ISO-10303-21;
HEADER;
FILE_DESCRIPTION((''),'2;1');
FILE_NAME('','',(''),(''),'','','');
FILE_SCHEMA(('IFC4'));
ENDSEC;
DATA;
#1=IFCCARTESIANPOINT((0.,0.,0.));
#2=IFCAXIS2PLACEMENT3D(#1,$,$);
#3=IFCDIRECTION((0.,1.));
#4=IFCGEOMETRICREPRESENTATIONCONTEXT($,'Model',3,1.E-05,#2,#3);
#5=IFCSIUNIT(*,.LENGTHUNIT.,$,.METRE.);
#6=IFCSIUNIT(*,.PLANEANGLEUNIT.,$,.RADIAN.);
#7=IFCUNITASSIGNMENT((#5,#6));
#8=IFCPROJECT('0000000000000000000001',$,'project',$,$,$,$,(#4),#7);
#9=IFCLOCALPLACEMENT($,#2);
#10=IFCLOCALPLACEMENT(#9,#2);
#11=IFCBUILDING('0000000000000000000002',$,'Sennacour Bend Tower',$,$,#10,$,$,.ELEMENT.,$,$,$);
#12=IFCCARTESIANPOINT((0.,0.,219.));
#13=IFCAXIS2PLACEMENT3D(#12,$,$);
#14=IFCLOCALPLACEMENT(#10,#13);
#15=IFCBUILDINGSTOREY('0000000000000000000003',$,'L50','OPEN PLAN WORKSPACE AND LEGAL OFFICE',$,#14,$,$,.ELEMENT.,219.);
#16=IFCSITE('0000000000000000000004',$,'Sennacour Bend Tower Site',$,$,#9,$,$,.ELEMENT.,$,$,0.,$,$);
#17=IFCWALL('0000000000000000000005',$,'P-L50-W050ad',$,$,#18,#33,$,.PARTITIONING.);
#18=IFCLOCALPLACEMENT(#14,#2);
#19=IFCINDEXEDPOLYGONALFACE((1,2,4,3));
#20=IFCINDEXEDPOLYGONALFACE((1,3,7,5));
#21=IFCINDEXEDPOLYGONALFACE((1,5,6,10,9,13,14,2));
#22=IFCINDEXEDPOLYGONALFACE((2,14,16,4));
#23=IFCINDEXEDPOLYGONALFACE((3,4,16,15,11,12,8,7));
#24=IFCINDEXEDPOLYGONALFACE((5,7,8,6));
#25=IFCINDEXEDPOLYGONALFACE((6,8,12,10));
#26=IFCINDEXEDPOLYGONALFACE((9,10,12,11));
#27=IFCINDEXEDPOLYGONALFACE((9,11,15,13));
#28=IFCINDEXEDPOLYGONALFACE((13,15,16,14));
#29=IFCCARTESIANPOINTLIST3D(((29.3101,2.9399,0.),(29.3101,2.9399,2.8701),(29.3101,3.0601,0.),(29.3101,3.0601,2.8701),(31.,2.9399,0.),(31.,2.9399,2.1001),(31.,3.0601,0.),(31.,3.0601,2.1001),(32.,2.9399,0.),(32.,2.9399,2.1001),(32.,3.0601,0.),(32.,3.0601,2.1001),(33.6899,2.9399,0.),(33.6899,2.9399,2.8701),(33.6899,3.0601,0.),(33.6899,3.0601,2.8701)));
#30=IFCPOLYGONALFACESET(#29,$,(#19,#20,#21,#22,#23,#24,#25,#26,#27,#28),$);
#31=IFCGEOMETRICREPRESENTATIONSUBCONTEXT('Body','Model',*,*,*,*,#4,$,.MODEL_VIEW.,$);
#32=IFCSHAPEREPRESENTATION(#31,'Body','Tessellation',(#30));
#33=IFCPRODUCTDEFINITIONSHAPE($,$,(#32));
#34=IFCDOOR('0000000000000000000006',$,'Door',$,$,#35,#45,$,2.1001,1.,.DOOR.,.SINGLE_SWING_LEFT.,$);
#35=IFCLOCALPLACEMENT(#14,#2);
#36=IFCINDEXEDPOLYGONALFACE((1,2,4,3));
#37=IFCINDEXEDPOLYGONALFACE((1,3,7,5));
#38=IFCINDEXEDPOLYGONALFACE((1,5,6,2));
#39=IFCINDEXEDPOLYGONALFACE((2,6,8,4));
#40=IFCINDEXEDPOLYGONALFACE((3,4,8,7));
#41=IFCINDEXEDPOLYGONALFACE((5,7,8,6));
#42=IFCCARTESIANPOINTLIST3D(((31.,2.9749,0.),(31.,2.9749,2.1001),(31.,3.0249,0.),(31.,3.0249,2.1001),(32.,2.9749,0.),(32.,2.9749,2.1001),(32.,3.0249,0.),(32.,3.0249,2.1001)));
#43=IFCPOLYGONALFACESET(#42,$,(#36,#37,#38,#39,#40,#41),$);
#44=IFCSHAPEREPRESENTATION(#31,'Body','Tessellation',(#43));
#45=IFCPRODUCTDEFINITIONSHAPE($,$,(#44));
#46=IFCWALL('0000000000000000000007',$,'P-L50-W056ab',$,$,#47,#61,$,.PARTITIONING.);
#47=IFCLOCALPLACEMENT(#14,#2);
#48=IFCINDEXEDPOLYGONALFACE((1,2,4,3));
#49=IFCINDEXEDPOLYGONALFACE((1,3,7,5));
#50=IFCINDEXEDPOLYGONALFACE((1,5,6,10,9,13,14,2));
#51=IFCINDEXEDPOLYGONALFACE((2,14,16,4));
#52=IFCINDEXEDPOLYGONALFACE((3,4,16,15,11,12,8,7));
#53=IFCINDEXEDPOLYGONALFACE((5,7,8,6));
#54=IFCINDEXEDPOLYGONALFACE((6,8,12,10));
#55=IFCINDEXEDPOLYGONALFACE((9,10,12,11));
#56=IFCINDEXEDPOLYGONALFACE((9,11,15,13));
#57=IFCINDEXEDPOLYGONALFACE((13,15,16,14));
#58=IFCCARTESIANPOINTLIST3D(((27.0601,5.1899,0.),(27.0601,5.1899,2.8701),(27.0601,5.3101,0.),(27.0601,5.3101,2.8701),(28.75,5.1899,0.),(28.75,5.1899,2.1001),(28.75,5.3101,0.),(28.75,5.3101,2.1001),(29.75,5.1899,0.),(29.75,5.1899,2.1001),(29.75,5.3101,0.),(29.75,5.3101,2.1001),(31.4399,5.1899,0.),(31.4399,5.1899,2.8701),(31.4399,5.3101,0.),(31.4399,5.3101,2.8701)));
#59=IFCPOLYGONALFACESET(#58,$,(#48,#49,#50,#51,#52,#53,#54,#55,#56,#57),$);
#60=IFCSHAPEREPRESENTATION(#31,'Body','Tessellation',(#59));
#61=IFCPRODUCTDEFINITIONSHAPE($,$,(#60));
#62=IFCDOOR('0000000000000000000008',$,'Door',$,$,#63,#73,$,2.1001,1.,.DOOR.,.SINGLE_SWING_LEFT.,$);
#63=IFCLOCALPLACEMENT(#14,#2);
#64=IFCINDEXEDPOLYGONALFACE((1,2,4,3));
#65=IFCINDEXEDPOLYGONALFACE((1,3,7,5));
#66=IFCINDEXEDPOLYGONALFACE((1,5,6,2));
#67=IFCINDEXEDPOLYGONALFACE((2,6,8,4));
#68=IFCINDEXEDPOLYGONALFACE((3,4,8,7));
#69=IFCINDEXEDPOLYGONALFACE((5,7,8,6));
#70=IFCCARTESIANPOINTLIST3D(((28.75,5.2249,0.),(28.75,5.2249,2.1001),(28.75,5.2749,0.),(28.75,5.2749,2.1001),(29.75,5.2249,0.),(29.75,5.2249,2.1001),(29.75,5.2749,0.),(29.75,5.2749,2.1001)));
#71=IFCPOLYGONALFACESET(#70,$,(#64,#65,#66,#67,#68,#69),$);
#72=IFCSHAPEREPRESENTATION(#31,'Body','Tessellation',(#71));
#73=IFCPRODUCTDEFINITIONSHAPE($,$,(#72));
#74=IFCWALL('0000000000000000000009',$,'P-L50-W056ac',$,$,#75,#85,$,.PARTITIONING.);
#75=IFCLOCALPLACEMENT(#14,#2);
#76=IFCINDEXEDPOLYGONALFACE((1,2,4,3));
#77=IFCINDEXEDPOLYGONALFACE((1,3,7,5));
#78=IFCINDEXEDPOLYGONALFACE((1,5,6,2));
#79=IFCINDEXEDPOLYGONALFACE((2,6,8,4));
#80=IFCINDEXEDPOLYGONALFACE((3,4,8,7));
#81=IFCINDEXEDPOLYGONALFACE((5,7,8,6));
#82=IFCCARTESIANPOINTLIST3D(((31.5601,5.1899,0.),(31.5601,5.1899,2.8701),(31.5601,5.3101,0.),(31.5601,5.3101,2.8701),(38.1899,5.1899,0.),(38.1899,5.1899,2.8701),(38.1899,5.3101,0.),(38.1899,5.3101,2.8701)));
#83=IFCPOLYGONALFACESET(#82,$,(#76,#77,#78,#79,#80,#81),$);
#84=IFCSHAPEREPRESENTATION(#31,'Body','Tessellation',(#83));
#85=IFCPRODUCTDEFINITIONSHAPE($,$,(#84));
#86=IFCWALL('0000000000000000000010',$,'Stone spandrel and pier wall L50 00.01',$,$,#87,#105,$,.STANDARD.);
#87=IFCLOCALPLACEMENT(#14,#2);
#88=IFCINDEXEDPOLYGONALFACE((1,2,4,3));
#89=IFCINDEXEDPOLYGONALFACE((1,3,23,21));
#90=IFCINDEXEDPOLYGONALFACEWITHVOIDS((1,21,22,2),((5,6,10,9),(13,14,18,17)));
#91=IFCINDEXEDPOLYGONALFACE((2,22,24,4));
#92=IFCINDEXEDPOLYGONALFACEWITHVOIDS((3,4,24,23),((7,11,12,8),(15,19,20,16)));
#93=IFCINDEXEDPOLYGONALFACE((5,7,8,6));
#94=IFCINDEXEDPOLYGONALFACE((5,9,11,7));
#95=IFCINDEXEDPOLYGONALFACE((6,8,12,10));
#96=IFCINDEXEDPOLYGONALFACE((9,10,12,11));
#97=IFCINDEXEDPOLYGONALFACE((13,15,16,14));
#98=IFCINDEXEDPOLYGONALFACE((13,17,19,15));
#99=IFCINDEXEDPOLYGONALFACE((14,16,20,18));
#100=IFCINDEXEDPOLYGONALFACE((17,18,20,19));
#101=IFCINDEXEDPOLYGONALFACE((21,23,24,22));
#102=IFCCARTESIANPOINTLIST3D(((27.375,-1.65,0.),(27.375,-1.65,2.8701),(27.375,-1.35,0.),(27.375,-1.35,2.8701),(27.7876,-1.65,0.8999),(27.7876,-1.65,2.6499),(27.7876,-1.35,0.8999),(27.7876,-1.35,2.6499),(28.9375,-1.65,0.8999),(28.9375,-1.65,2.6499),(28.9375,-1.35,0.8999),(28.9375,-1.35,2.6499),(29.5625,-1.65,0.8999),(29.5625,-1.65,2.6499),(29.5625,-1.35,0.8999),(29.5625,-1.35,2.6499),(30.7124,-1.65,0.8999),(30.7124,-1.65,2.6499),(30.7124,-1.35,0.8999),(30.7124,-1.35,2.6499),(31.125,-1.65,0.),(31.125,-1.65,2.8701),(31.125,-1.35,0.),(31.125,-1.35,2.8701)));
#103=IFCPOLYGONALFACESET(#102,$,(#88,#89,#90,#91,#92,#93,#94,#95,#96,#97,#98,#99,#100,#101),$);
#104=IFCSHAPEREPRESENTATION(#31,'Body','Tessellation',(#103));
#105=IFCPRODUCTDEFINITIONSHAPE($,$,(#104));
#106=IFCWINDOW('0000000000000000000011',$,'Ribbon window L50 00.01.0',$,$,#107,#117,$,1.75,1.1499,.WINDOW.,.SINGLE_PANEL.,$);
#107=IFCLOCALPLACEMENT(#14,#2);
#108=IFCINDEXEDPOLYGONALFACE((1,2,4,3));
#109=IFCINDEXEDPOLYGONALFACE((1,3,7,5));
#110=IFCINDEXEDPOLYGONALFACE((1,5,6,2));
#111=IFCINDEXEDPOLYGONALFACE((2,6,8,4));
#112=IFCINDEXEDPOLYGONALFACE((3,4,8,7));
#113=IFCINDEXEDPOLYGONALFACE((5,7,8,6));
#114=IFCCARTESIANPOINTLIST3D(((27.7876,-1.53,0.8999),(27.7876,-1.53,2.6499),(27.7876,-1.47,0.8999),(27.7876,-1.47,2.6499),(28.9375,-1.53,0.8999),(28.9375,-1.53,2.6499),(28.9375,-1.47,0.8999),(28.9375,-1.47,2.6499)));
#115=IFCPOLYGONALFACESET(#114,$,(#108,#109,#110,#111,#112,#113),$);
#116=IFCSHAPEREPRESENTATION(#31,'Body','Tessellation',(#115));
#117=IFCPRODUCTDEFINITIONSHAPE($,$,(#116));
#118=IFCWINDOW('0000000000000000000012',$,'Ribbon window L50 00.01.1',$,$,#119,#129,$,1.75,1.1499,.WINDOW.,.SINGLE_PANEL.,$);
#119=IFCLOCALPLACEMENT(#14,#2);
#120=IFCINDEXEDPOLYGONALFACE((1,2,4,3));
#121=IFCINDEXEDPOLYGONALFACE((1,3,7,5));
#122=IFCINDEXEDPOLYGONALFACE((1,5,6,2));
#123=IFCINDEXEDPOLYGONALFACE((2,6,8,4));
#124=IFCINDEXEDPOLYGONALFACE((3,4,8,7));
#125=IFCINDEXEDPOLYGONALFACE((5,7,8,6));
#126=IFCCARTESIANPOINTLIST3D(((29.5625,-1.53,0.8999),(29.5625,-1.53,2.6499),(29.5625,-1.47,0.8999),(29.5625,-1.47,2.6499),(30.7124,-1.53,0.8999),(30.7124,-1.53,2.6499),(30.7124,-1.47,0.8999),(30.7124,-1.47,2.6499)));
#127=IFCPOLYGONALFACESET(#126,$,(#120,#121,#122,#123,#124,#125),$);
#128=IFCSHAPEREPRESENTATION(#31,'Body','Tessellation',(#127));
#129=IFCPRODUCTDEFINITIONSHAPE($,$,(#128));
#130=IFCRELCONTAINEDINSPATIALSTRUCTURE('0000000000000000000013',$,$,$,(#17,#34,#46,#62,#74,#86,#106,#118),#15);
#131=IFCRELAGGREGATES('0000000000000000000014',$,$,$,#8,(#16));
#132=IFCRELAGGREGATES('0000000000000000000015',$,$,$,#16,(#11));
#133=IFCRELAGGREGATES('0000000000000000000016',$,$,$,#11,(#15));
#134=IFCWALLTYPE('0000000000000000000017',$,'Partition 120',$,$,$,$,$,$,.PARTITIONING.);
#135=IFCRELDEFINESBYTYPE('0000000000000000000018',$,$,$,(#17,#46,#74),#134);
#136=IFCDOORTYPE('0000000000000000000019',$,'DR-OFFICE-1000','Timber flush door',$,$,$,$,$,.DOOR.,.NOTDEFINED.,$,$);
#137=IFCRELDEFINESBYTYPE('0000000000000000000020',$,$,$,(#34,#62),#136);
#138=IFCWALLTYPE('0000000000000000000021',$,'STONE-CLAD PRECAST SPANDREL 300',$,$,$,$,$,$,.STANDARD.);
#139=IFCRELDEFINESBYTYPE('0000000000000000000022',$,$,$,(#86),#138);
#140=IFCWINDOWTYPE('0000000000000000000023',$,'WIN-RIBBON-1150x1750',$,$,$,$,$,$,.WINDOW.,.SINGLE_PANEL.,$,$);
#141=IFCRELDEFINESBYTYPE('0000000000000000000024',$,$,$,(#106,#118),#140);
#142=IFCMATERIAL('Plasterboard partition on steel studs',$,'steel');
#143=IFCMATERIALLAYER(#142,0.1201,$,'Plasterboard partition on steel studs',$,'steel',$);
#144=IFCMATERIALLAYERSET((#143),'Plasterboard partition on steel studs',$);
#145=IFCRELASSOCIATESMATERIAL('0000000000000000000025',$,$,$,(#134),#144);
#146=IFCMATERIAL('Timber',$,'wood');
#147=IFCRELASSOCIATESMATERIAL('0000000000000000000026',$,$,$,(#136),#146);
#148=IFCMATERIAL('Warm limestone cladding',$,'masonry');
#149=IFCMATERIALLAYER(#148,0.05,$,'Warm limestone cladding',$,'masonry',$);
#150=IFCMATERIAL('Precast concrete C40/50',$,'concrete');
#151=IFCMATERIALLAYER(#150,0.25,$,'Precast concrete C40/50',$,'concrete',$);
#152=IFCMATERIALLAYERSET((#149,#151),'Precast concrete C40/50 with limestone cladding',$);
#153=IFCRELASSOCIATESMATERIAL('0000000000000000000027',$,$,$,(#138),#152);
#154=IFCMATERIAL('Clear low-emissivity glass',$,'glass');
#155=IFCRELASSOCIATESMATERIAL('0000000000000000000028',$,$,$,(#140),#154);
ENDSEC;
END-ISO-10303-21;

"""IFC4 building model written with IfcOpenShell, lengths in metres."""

from ifc_helpers import new_model, si_unit, direction, frame, frame_2d, origin, place, context, subcontext, project, spatial, rectangle, extrude, material, layer, layer_set, type_object, element, fill, save


model = new_model("IFC4")

# Units and contexts
model_context = context("Model", 3, precision=1e-05, world=origin(), true_north=direction((0.0, 1.0)))
body_context = subcontext(model_context, "Body", "Model", "MODEL_VIEW")
ifc_project = project(units=[si_unit("LENGTHUNIT", "METRE"), si_unit("PLANEANGLEUNIT", "RADIAN")], contexts=[model_context])

# Site, building, storey
site_placement = place(None, origin())
site = spatial("IfcSite", under=ifc_project, at=site_placement, Name="Sennacour Bend Tower Site", CompositionType="ELEMENT", RefElevation=0.0)
building_placement = place(site_placement, origin())
building = spatial("IfcBuilding", under=site, at=building_placement, Name="Sennacour Bend Tower", CompositionType="ELEMENT")
storey_placement = place(building_placement, frame((0.0, 0.0, 219.0)))
storey = spatial("IfcBuildingStorey", under=building, at=storey_placement, Name="L50", Description="OPEN PLAN WORKSPACE AND LEGAL OFFICE", CompositionType="ELEMENT", Elevation=219.0)

# Shared definitions
ifc_material_1 = material(Name="Plasterboard partition on steel studs", Category="steel")
ifc_layer_1 = layer(ifc_material_1, 0.1201, Name="Plasterboard partition on steel studs", Category="steel")
ifc_layer_set_1 = layer_set([ifc_layer_1], Name="Plasterboard partition on steel studs")
wall_type_1 = type_object("IfcWallType", Name="Partition 120", PredefinedType="PARTITIONING", material=ifc_layer_set_1)

# Walls, openings, doors
wall_1_placement = place(storey_placement, frame((29.3101, 3.0, 0.0), z_axis=(0.0, 0.0, 1.0), x_axis=(1.0, 0.0, 0.0)))
wall_1 = element("IfcWall", 1, at=wall_1_placement, inside=storey, type_object=wall_type_1, Name="P-L50-W050ad", PredefinedType="PARTITIONING", context=body_context, shape_type="SweptSolid", body=[
    extrude(rectangle(XDim=4.3799, YDim=0.1201, at=frame_2d((2.1899, 0.0))), origin(), (0.0, 0.0, 1.0), 2.8701),
])
opening_1_placement = place(wall_1_placement, frame((1.6899, 0.0, 0.0)))
opening_1 = element("IfcOpeningElement", 2, at=opening_1_placement, cuts=wall_1, PredefinedType="OPENING", context=body_context, shape_type="SweptSolid", body=[
    extrude(rectangle(XDim=1.0, YDim=2.1001, at=frame_2d((0.5, 1.05))), frame((0.0, 0.0701, 0.0), z_axis=(0.0, -1.0, 0.0), x_axis=(1.0, 0.0, 0.0)), (0.0, 0.0, 1.0), 0.1401),
])
ifc_material_2 = material(Name="Timber", Category="wood")
door_type = type_object("IfcDoorType", Name="DR-OFFICE-1000", Description="Timber flush door", OperationType="NOTDEFINED", PredefinedType="DOOR", material=ifc_material_2)
door_1_placement = place(opening_1_placement, origin())
door_1 = element("IfcDoor", 3, at=door_1_placement, inside=storey, type_object=door_type, Name="Door", OperationType="SINGLE_SWING_LEFT", OverallHeight=2.1001, OverallWidth=1.0, PredefinedType="DOOR", context=body_context, shape_type="SweptSolid", body=[
    extrude(rectangle(XDim=1.0, YDim=2.1001, at=frame_2d((0.5, 1.05))), frame((0.0, 0.0249, 0.0), z_axis=(0.0, -1.0, 0.0), x_axis=(1.0, 0.0, 0.0)), (0.0, 0.0, 1.0), 0.05),
])
fill(opening_1, door_1)
wall_2_placement = place(storey_placement, frame((27.0601, 5.25, 0.0), z_axis=(0.0, 0.0, 1.0), x_axis=(1.0, 0.0, 0.0)))
wall_2 = element("IfcWall", 4, at=wall_2_placement, inside=storey, type_object=wall_type_1, Name="P-L50-W056ab", PredefinedType="PARTITIONING", context=body_context, shape_type="SweptSolid", body=[
    extrude(rectangle(XDim=4.3799, YDim=0.1201, at=frame_2d((2.1899, 0.0))), origin(), (0.0, 0.0, 1.0), 2.8701),
])
opening_2_placement = place(wall_2_placement, frame((1.6899, 0.0, 0.0)))
opening_2 = element("IfcOpeningElement", 5, at=opening_2_placement, cuts=wall_2, PredefinedType="OPENING", context=body_context, shape_type="SweptSolid", body=[
    extrude(rectangle(XDim=1.0, YDim=2.1001, at=frame_2d((0.5, 1.05))), frame((0.0, 0.0701, 0.0), z_axis=(0.0, -1.0, 0.0), x_axis=(1.0, 0.0, 0.0)), (0.0, 0.0, 1.0), 0.1401),
])
door_2_placement = place(opening_2_placement, origin())
door_2 = element("IfcDoor", 6, at=door_2_placement, inside=storey, type_object=door_type, Name="Door", OperationType="SINGLE_SWING_LEFT", OverallHeight=2.1001, OverallWidth=1.0, PredefinedType="DOOR", context=body_context, shape_type="SweptSolid", body=[
    extrude(rectangle(XDim=1.0, YDim=2.1001, at=frame_2d((0.5, 1.05))), frame((0.0, 0.0249, 0.0), z_axis=(0.0, -1.0, 0.0), x_axis=(1.0, 0.0, 0.0)), (0.0, 0.0, 1.0), 0.05),
])
fill(opening_2, door_2)

# Wall
wall_3_placement = place(storey_placement, frame((31.5601, 5.25, 0.0), z_axis=(0.0, 0.0, 1.0), x_axis=(1.0, 0.0, 0.0)))
element("IfcWall", 7, at=wall_3_placement, inside=storey, type_object=wall_type_1, Name="P-L50-W056ac", PredefinedType="PARTITIONING", context=body_context, shape_type="SweptSolid", body=[
    extrude(rectangle(XDim=6.6299, YDim=0.1201, at=frame_2d((3.3149, 0.0))), origin(), (0.0, 0.0, 1.0), 2.8701),
])

# Wall, openings, windows
ifc_material_3 = material(Name="Warm limestone cladding", Category="masonry")
ifc_layer_2 = layer(ifc_material_3, 0.05, Name="Warm limestone cladding", Category="masonry")
ifc_material_4 = material(Name="Precast concrete C40/50", Category="concrete")
ifc_layer_3 = layer(ifc_material_4, 0.25, Name="Precast concrete C40/50", Category="concrete")
ifc_layer_set_2 = layer_set([ifc_layer_2, ifc_layer_3], Name="Precast concrete C40/50 with limestone cladding")
wall_type_2 = type_object("IfcWallType", Name="STONE-CLAD PRECAST SPANDREL 300", PredefinedType="STANDARD", material=ifc_layer_set_2)
wall_4_placement = place(storey_placement, frame((27.375, -1.5, 0.0), z_axis=(0.0, 0.0, 1.0), x_axis=(1.0, 0.0, 0.0)))
wall_4 = element("IfcWall", 8, at=wall_4_placement, inside=storey, type_object=wall_type_2, Name="Stone spandrel and pier wall L50 00.01", PredefinedType="STANDARD", context=body_context, shape_type="SweptSolid", body=[
    extrude(rectangle(XDim=3.75, YDim=0.3, at=frame_2d((1.875, 0.0))), origin(), (0.0, 0.0, 1.0), 2.8701),
])
opening_3_placement = place(wall_4_placement, frame((0.4126, 0.0, 0.8999)))
opening_3 = element("IfcOpeningElement", 9, at=opening_3_placement, cuts=wall_4, PredefinedType="OPENING", context=body_context, shape_type="SweptSolid", body=[
    extrude(rectangle(XDim=1.1499, YDim=1.75, at=frame_2d((0.575, 0.875))), frame((0.0, 0.1602, 0.0), z_axis=(0.0, -1.0, 0.0), x_axis=(1.0, 0.0, 0.0)), (0.0, 0.0, 1.0), 0.3201),
])
opening_4_placement = place(wall_4_placement, frame((2.1875, 0.0, 0.8999)))
opening_4 = element("IfcOpeningElement", 10, at=opening_4_placement, cuts=wall_4, PredefinedType="OPENING", context=body_context, shape_type="SweptSolid", body=[
    extrude(rectangle(XDim=1.1499, YDim=1.75, at=frame_2d((0.575, 0.875))), frame((0.0, 0.1602, 0.0), z_axis=(0.0, -1.0, 0.0), x_axis=(1.0, 0.0, 0.0)), (0.0, 0.0, 1.0), 0.3201),
])
ifc_material_5 = material(Name="Clear low-emissivity glass", Category="glass")
window_type = type_object("IfcWindowType", Name="WIN-RIBBON-1150x1750", PartitioningType="SINGLE_PANEL", PredefinedType="WINDOW", material=ifc_material_5)
window_1_placement = place(opening_3_placement, origin())
window_1 = element("IfcWindow", 11, at=window_1_placement, inside=storey, type_object=window_type, Name="Ribbon window L50 00.01.0", OverallHeight=1.75, OverallWidth=1.1499, PartitioningType="SINGLE_PANEL", PredefinedType="WINDOW", context=body_context, shape_type="SweptSolid", body=[
    extrude(rectangle(XDim=1.1499, YDim=1.75, at=frame_2d((0.575, 0.875))), frame((0.0, 0.03, 0.0), z_axis=(0.0, -1.0, 0.0), x_axis=(1.0, 0.0, 0.0)), (0.0, 0.0, 1.0), 0.0601),
])
fill(opening_3, window_1)
window_2_placement = place(opening_4_placement, origin())
window_2 = element("IfcWindow", 12, at=window_2_placement, inside=storey, type_object=window_type, Name="Ribbon window L50 00.01.1", OverallHeight=1.75, OverallWidth=1.1499, PartitioningType="SINGLE_PANEL", PredefinedType="WINDOW", context=body_context, shape_type="SweptSolid", body=[
    extrude(rectangle(XDim=1.1499, YDim=1.75, at=frame_2d((0.575, 0.875))), frame((0.0, 0.03, 0.0), z_axis=(0.0, -1.0, 0.0), x_axis=(1.0, 0.0, 0.0)), (0.0, 0.0, 1.0), 0.0601),
])
fill(opening_4, window_2)

save(model, "model.ifc")
